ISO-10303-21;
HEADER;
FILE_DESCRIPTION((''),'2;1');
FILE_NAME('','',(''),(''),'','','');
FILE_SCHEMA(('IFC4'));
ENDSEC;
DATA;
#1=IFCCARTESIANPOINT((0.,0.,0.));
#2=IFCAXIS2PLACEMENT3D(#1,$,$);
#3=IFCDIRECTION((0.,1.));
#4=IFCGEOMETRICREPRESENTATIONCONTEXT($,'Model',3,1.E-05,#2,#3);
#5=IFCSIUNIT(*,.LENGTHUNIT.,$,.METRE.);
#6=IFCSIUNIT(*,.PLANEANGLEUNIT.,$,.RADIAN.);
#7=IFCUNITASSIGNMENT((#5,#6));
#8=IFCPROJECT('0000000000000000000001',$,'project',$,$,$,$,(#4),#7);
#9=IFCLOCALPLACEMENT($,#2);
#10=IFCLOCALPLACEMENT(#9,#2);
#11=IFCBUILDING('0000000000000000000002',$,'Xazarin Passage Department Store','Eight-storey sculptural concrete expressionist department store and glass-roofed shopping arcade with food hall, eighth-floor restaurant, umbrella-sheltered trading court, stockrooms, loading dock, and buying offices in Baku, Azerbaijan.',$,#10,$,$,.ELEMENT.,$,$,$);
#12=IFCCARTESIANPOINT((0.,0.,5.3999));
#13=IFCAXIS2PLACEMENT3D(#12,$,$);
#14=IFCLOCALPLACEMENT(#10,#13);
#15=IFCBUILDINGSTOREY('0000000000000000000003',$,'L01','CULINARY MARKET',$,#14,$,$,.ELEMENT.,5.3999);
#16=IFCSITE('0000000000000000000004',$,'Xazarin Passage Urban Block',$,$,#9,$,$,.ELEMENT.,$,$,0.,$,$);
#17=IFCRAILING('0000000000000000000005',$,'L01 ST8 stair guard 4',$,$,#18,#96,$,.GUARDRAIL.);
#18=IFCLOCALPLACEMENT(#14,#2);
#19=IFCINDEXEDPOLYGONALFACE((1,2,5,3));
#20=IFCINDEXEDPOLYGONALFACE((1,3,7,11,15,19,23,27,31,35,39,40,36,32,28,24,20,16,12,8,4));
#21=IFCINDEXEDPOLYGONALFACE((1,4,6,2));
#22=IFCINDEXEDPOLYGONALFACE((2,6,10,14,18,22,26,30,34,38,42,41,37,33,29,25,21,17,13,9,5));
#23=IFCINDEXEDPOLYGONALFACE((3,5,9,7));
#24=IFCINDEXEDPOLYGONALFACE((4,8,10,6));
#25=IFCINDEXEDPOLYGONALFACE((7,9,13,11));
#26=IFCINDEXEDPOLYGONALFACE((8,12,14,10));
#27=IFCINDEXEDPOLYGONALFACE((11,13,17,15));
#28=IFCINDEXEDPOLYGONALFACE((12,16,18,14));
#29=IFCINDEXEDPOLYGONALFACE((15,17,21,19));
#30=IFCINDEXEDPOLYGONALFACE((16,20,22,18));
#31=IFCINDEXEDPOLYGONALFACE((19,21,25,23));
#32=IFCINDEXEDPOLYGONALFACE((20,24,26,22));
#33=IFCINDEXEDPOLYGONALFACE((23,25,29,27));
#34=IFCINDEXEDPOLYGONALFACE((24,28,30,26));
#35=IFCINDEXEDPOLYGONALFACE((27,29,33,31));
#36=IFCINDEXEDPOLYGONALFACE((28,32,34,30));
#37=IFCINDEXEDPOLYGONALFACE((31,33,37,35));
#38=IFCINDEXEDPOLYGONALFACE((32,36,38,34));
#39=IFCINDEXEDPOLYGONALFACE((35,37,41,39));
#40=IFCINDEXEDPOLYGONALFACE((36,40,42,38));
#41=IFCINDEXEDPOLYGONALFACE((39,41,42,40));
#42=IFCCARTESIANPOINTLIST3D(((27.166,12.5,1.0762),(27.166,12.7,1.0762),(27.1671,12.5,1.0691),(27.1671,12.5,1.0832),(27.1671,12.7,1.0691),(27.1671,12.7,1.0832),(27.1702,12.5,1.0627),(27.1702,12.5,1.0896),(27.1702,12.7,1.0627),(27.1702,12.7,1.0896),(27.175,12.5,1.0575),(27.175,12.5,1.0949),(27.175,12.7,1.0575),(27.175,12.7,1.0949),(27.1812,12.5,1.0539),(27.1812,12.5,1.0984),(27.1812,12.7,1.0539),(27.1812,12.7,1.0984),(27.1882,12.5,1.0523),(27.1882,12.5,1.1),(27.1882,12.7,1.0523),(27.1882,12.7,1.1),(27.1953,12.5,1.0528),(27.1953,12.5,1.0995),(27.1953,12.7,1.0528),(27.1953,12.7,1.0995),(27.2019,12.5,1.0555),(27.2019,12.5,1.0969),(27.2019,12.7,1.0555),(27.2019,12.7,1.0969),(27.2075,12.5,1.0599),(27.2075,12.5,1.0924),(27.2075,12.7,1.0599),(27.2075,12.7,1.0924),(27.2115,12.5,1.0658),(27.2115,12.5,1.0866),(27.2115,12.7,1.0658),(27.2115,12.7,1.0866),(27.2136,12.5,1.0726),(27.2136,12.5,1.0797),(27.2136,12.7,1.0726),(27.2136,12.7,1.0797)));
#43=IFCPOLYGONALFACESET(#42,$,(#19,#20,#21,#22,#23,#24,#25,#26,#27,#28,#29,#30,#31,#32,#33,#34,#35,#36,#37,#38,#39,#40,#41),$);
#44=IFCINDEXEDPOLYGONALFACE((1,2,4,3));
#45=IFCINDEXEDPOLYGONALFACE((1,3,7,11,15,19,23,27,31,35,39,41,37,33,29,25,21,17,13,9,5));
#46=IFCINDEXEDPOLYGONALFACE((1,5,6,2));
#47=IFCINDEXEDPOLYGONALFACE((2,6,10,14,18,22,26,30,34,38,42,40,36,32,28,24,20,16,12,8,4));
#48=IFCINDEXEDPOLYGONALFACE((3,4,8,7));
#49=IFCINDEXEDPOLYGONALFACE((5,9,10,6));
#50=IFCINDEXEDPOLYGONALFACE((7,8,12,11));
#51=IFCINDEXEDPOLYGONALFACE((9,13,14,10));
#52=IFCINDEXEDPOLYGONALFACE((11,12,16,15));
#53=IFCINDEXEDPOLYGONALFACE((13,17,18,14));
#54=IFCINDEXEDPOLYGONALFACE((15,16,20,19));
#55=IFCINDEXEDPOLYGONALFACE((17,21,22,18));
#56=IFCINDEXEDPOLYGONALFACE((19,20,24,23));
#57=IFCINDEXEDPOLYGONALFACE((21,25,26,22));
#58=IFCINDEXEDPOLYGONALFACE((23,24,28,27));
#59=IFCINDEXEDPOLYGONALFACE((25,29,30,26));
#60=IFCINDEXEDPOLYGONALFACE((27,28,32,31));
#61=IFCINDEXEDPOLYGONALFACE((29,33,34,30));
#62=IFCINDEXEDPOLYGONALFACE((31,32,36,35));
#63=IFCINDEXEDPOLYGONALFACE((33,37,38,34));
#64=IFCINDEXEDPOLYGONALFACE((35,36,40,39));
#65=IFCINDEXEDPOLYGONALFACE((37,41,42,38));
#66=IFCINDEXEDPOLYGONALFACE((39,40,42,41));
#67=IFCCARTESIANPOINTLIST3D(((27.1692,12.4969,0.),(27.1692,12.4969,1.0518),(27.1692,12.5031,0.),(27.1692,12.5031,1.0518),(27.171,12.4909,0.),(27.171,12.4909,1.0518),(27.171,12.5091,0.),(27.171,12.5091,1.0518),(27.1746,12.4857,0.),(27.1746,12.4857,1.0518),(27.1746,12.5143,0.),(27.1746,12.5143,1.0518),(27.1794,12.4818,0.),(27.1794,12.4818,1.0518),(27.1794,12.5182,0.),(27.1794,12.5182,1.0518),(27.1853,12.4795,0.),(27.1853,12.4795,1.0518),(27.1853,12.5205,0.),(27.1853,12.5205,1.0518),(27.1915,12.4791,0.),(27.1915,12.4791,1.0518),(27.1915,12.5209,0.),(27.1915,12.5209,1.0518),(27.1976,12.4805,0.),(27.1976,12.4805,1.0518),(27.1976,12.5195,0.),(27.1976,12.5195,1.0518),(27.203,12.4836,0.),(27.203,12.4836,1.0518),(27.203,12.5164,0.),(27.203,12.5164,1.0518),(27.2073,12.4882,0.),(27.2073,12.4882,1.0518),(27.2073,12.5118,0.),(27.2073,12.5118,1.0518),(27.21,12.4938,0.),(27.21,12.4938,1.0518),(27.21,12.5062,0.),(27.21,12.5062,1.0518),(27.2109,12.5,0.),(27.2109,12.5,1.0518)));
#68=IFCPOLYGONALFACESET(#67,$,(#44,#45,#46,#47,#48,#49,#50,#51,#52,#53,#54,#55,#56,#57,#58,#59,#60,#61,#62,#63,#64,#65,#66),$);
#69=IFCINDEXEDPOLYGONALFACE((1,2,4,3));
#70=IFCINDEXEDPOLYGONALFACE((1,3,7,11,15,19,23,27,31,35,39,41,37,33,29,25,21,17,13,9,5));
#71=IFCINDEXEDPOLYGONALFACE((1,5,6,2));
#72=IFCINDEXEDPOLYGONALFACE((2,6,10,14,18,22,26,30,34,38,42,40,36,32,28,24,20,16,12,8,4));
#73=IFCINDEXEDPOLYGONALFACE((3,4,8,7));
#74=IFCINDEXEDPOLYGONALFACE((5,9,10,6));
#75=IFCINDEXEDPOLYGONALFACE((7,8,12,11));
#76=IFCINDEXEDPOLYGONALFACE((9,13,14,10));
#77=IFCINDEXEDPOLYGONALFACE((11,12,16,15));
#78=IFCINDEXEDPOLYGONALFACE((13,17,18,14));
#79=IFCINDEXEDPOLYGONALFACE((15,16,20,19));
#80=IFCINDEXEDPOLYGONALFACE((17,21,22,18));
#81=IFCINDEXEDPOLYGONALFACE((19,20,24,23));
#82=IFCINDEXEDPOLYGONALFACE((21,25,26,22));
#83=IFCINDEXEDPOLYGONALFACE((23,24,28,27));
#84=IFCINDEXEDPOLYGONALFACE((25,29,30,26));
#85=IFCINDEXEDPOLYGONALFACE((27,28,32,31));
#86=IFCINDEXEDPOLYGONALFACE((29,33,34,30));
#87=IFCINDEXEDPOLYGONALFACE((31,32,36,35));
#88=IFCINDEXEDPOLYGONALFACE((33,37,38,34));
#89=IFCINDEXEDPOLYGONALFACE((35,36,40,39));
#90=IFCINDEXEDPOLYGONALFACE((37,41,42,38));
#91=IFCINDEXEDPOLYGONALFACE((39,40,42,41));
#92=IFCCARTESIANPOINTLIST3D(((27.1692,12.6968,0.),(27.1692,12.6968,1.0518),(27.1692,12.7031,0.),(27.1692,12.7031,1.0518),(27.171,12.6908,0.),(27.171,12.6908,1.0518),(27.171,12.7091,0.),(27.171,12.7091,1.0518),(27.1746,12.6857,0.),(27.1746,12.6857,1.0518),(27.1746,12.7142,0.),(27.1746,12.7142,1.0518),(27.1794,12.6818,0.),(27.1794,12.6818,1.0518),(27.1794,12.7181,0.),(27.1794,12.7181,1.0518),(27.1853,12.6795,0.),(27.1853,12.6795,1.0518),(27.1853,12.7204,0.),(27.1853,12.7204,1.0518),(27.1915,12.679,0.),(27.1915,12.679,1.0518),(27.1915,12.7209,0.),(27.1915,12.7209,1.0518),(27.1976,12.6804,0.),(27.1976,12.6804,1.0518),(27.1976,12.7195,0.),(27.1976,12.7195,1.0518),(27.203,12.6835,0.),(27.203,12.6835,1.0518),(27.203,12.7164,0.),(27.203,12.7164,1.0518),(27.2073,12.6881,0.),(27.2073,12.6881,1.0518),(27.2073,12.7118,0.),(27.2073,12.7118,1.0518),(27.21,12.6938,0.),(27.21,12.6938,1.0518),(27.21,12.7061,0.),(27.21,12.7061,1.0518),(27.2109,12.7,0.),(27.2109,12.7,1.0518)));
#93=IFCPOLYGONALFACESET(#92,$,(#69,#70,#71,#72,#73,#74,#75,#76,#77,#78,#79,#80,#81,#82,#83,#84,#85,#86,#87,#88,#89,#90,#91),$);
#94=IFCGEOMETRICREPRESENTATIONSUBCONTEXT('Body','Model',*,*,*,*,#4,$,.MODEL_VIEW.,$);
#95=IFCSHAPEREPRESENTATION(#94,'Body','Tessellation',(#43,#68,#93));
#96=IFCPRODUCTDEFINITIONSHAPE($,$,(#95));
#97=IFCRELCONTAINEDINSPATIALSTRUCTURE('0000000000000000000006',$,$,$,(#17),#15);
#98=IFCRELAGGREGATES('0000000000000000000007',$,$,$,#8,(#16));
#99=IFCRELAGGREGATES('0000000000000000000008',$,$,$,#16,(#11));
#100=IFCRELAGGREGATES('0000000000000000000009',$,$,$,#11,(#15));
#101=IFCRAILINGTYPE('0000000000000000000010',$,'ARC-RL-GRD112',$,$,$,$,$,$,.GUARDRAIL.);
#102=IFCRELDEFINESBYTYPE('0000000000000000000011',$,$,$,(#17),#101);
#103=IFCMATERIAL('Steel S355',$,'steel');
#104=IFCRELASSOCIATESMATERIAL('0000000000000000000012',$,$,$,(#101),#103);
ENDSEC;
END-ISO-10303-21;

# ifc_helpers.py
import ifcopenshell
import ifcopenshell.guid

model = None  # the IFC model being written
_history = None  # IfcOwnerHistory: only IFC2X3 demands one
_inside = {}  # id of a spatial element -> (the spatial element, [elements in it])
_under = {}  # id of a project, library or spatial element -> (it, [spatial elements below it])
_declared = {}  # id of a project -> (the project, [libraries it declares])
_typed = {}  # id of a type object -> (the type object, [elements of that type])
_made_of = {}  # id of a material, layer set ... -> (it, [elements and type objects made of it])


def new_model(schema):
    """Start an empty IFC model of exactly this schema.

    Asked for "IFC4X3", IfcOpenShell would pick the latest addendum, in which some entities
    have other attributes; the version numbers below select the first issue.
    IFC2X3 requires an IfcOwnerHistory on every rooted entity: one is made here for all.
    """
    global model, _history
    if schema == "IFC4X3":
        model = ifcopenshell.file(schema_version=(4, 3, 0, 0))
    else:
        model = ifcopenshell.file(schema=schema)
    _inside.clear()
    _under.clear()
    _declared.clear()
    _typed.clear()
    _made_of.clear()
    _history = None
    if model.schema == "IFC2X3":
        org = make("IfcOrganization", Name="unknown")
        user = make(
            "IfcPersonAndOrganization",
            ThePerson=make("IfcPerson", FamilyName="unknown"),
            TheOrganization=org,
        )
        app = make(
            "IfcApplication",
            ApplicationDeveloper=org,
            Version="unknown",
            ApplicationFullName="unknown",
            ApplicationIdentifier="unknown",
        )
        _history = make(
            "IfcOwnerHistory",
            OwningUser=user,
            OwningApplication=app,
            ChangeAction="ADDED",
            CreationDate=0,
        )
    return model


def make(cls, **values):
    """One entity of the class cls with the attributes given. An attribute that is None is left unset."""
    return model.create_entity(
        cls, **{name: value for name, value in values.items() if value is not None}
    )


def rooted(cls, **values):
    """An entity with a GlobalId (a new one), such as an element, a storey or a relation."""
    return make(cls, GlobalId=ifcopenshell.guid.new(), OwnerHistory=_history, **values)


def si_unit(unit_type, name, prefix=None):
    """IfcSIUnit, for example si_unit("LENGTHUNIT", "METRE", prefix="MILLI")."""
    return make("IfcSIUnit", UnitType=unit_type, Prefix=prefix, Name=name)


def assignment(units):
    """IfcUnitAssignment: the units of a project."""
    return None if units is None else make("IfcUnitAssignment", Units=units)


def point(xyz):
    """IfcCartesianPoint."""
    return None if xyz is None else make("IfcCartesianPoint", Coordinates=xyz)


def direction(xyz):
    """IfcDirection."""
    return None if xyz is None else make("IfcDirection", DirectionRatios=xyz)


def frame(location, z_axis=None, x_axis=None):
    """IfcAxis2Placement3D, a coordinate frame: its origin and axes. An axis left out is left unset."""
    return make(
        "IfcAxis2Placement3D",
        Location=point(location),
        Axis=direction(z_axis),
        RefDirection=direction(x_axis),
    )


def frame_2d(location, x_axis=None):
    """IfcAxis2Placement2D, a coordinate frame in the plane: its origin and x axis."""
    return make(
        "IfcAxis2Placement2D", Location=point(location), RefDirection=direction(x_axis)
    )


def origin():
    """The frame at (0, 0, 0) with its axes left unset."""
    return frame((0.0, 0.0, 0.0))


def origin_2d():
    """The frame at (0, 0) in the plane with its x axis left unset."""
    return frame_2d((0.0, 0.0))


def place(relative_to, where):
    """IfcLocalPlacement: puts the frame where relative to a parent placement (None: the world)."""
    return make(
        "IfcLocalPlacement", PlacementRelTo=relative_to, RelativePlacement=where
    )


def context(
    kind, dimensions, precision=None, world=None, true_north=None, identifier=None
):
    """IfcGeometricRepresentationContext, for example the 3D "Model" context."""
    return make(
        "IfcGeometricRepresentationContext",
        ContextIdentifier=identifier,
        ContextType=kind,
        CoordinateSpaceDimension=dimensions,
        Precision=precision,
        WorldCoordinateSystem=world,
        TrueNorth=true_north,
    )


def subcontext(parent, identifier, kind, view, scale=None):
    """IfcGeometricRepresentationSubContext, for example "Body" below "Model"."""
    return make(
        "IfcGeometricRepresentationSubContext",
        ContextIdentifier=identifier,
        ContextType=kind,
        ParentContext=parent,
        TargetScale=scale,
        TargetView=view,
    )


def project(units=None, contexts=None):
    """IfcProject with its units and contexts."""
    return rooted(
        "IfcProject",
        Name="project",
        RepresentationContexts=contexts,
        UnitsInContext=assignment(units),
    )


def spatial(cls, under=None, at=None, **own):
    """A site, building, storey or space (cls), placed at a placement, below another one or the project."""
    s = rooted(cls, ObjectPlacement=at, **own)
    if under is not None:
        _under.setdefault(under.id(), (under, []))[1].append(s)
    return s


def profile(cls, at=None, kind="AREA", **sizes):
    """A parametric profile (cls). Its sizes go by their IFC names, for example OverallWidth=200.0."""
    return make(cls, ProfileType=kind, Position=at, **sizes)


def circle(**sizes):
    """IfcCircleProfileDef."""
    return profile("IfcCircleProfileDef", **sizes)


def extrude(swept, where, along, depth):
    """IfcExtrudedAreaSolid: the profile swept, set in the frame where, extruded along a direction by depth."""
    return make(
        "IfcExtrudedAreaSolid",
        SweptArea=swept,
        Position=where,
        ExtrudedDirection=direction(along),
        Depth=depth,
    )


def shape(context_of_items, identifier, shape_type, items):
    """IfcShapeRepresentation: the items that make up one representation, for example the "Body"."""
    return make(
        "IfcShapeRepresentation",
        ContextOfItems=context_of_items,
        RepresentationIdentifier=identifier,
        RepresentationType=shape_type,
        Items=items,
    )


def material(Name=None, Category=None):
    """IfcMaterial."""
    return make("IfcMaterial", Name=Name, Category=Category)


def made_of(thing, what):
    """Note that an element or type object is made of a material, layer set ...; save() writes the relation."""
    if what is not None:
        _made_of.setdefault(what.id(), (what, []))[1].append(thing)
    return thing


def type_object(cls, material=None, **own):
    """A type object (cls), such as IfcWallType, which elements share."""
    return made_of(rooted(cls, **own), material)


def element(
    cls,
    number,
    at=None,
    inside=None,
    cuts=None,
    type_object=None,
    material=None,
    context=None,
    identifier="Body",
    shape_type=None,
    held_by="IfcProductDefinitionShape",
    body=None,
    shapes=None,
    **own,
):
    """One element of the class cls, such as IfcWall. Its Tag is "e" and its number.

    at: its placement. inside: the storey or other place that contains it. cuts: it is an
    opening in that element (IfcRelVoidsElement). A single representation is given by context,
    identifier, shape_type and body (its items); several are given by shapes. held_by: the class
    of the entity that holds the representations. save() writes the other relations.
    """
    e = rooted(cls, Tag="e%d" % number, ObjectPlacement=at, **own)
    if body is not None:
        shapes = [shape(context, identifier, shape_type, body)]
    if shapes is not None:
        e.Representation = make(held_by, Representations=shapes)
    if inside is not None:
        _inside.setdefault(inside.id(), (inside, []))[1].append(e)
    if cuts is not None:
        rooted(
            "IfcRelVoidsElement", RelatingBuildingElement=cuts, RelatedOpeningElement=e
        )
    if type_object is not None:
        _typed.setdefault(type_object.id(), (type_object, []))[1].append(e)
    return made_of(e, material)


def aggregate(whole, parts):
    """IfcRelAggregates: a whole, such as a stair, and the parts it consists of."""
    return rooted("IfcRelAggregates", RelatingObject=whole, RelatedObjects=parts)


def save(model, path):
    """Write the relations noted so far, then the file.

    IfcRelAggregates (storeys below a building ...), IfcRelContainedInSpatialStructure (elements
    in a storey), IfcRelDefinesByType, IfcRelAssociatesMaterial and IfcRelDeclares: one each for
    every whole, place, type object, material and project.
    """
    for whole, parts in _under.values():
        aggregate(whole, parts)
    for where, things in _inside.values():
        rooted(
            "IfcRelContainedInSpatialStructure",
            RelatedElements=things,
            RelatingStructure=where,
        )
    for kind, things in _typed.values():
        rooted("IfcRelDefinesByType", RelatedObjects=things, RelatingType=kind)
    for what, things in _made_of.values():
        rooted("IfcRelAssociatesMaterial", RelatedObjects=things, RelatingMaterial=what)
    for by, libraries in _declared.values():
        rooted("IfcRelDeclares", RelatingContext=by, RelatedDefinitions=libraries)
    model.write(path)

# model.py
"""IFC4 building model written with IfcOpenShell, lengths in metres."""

from ifc_helpers import new_model, si_unit, direction, frame, origin, origin_2d, place, context, subcontext, project, spatial, circle, extrude, material, type_object, element, save


model = new_model("IFC4")

# Units and contexts
model_context = context("Model", 3, precision=1e-05, world=origin(), true_north=direction((0.0, 1.0)))
body_context = subcontext(model_context, "Body", "Model", "MODEL_VIEW")
ifc_project = project(units=[si_unit("LENGTHUNIT", "METRE"), si_unit("PLANEANGLEUNIT", "RADIAN")], contexts=[model_context])

# Site, building, storey
site_placement = place(None, origin())
site = spatial("IfcSite", under=ifc_project, at=site_placement, Name="Xazarin Passage Urban Block", CompositionType="ELEMENT", RefElevation=0.0)
building_placement = place(site_placement, origin())
building = spatial("IfcBuilding", under=site, at=building_placement, Name="Xazarin Passage Department Store", Description="Eight-storey sculptural concrete expressionist department store and glass-roofed shopping arcade with food hall, eighth-floor restaurant, umbrella-sheltered trading court, stockrooms, loading dock, and buying offices in Baku, Azerbaijan.", CompositionType="ELEMENT")
storey_placement = place(building_placement, frame((0.0, 0.0, 5.3999)))
storey = spatial("IfcBuildingStorey", under=building, at=storey_placement, Name="L01", Description="CULINARY MARKET", CompositionType="ELEMENT", Elevation=5.3999)

# Shared definitions
ifc_material_1 = material(Name="Steel S355", Category="steel")

# Railing
railing_type_1 = type_object("IfcRailingType", Name="ARC-RL-GRD112", PredefinedType="GUARDRAIL", material=ifc_material_1)
railing_1_placement = place(storey_placement, frame((27.1899, 12.5, 0.0)))
element("IfcRailing", 1, at=railing_1_placement, inside=storey, type_object=railing_type_1, Name="L01 ST8 stair guard 4", PredefinedType="GUARDRAIL", context=body_context, shape_type="SweptSolid", body=[
    extrude(circle(Radius=0.0239, at=origin_2d()), frame((0.0, 0.0, 1.0762), z_axis=(0.0, 1.0, 0.0), x_axis=(-1.0, 0.0, 0.0)), (0.0, 0.0, 1.0), 0.2),
    extrude(circle(Radius=0.021, at=origin_2d()), origin(), (0.0, 0.0, 1.0), 1.0518),
    extrude(circle(Radius=0.021, at=origin_2d()), frame((0.0, 0.2, 0.0)), (0.0, 0.0, 1.0), 1.0518),
])

save(model, "model.ifc")
